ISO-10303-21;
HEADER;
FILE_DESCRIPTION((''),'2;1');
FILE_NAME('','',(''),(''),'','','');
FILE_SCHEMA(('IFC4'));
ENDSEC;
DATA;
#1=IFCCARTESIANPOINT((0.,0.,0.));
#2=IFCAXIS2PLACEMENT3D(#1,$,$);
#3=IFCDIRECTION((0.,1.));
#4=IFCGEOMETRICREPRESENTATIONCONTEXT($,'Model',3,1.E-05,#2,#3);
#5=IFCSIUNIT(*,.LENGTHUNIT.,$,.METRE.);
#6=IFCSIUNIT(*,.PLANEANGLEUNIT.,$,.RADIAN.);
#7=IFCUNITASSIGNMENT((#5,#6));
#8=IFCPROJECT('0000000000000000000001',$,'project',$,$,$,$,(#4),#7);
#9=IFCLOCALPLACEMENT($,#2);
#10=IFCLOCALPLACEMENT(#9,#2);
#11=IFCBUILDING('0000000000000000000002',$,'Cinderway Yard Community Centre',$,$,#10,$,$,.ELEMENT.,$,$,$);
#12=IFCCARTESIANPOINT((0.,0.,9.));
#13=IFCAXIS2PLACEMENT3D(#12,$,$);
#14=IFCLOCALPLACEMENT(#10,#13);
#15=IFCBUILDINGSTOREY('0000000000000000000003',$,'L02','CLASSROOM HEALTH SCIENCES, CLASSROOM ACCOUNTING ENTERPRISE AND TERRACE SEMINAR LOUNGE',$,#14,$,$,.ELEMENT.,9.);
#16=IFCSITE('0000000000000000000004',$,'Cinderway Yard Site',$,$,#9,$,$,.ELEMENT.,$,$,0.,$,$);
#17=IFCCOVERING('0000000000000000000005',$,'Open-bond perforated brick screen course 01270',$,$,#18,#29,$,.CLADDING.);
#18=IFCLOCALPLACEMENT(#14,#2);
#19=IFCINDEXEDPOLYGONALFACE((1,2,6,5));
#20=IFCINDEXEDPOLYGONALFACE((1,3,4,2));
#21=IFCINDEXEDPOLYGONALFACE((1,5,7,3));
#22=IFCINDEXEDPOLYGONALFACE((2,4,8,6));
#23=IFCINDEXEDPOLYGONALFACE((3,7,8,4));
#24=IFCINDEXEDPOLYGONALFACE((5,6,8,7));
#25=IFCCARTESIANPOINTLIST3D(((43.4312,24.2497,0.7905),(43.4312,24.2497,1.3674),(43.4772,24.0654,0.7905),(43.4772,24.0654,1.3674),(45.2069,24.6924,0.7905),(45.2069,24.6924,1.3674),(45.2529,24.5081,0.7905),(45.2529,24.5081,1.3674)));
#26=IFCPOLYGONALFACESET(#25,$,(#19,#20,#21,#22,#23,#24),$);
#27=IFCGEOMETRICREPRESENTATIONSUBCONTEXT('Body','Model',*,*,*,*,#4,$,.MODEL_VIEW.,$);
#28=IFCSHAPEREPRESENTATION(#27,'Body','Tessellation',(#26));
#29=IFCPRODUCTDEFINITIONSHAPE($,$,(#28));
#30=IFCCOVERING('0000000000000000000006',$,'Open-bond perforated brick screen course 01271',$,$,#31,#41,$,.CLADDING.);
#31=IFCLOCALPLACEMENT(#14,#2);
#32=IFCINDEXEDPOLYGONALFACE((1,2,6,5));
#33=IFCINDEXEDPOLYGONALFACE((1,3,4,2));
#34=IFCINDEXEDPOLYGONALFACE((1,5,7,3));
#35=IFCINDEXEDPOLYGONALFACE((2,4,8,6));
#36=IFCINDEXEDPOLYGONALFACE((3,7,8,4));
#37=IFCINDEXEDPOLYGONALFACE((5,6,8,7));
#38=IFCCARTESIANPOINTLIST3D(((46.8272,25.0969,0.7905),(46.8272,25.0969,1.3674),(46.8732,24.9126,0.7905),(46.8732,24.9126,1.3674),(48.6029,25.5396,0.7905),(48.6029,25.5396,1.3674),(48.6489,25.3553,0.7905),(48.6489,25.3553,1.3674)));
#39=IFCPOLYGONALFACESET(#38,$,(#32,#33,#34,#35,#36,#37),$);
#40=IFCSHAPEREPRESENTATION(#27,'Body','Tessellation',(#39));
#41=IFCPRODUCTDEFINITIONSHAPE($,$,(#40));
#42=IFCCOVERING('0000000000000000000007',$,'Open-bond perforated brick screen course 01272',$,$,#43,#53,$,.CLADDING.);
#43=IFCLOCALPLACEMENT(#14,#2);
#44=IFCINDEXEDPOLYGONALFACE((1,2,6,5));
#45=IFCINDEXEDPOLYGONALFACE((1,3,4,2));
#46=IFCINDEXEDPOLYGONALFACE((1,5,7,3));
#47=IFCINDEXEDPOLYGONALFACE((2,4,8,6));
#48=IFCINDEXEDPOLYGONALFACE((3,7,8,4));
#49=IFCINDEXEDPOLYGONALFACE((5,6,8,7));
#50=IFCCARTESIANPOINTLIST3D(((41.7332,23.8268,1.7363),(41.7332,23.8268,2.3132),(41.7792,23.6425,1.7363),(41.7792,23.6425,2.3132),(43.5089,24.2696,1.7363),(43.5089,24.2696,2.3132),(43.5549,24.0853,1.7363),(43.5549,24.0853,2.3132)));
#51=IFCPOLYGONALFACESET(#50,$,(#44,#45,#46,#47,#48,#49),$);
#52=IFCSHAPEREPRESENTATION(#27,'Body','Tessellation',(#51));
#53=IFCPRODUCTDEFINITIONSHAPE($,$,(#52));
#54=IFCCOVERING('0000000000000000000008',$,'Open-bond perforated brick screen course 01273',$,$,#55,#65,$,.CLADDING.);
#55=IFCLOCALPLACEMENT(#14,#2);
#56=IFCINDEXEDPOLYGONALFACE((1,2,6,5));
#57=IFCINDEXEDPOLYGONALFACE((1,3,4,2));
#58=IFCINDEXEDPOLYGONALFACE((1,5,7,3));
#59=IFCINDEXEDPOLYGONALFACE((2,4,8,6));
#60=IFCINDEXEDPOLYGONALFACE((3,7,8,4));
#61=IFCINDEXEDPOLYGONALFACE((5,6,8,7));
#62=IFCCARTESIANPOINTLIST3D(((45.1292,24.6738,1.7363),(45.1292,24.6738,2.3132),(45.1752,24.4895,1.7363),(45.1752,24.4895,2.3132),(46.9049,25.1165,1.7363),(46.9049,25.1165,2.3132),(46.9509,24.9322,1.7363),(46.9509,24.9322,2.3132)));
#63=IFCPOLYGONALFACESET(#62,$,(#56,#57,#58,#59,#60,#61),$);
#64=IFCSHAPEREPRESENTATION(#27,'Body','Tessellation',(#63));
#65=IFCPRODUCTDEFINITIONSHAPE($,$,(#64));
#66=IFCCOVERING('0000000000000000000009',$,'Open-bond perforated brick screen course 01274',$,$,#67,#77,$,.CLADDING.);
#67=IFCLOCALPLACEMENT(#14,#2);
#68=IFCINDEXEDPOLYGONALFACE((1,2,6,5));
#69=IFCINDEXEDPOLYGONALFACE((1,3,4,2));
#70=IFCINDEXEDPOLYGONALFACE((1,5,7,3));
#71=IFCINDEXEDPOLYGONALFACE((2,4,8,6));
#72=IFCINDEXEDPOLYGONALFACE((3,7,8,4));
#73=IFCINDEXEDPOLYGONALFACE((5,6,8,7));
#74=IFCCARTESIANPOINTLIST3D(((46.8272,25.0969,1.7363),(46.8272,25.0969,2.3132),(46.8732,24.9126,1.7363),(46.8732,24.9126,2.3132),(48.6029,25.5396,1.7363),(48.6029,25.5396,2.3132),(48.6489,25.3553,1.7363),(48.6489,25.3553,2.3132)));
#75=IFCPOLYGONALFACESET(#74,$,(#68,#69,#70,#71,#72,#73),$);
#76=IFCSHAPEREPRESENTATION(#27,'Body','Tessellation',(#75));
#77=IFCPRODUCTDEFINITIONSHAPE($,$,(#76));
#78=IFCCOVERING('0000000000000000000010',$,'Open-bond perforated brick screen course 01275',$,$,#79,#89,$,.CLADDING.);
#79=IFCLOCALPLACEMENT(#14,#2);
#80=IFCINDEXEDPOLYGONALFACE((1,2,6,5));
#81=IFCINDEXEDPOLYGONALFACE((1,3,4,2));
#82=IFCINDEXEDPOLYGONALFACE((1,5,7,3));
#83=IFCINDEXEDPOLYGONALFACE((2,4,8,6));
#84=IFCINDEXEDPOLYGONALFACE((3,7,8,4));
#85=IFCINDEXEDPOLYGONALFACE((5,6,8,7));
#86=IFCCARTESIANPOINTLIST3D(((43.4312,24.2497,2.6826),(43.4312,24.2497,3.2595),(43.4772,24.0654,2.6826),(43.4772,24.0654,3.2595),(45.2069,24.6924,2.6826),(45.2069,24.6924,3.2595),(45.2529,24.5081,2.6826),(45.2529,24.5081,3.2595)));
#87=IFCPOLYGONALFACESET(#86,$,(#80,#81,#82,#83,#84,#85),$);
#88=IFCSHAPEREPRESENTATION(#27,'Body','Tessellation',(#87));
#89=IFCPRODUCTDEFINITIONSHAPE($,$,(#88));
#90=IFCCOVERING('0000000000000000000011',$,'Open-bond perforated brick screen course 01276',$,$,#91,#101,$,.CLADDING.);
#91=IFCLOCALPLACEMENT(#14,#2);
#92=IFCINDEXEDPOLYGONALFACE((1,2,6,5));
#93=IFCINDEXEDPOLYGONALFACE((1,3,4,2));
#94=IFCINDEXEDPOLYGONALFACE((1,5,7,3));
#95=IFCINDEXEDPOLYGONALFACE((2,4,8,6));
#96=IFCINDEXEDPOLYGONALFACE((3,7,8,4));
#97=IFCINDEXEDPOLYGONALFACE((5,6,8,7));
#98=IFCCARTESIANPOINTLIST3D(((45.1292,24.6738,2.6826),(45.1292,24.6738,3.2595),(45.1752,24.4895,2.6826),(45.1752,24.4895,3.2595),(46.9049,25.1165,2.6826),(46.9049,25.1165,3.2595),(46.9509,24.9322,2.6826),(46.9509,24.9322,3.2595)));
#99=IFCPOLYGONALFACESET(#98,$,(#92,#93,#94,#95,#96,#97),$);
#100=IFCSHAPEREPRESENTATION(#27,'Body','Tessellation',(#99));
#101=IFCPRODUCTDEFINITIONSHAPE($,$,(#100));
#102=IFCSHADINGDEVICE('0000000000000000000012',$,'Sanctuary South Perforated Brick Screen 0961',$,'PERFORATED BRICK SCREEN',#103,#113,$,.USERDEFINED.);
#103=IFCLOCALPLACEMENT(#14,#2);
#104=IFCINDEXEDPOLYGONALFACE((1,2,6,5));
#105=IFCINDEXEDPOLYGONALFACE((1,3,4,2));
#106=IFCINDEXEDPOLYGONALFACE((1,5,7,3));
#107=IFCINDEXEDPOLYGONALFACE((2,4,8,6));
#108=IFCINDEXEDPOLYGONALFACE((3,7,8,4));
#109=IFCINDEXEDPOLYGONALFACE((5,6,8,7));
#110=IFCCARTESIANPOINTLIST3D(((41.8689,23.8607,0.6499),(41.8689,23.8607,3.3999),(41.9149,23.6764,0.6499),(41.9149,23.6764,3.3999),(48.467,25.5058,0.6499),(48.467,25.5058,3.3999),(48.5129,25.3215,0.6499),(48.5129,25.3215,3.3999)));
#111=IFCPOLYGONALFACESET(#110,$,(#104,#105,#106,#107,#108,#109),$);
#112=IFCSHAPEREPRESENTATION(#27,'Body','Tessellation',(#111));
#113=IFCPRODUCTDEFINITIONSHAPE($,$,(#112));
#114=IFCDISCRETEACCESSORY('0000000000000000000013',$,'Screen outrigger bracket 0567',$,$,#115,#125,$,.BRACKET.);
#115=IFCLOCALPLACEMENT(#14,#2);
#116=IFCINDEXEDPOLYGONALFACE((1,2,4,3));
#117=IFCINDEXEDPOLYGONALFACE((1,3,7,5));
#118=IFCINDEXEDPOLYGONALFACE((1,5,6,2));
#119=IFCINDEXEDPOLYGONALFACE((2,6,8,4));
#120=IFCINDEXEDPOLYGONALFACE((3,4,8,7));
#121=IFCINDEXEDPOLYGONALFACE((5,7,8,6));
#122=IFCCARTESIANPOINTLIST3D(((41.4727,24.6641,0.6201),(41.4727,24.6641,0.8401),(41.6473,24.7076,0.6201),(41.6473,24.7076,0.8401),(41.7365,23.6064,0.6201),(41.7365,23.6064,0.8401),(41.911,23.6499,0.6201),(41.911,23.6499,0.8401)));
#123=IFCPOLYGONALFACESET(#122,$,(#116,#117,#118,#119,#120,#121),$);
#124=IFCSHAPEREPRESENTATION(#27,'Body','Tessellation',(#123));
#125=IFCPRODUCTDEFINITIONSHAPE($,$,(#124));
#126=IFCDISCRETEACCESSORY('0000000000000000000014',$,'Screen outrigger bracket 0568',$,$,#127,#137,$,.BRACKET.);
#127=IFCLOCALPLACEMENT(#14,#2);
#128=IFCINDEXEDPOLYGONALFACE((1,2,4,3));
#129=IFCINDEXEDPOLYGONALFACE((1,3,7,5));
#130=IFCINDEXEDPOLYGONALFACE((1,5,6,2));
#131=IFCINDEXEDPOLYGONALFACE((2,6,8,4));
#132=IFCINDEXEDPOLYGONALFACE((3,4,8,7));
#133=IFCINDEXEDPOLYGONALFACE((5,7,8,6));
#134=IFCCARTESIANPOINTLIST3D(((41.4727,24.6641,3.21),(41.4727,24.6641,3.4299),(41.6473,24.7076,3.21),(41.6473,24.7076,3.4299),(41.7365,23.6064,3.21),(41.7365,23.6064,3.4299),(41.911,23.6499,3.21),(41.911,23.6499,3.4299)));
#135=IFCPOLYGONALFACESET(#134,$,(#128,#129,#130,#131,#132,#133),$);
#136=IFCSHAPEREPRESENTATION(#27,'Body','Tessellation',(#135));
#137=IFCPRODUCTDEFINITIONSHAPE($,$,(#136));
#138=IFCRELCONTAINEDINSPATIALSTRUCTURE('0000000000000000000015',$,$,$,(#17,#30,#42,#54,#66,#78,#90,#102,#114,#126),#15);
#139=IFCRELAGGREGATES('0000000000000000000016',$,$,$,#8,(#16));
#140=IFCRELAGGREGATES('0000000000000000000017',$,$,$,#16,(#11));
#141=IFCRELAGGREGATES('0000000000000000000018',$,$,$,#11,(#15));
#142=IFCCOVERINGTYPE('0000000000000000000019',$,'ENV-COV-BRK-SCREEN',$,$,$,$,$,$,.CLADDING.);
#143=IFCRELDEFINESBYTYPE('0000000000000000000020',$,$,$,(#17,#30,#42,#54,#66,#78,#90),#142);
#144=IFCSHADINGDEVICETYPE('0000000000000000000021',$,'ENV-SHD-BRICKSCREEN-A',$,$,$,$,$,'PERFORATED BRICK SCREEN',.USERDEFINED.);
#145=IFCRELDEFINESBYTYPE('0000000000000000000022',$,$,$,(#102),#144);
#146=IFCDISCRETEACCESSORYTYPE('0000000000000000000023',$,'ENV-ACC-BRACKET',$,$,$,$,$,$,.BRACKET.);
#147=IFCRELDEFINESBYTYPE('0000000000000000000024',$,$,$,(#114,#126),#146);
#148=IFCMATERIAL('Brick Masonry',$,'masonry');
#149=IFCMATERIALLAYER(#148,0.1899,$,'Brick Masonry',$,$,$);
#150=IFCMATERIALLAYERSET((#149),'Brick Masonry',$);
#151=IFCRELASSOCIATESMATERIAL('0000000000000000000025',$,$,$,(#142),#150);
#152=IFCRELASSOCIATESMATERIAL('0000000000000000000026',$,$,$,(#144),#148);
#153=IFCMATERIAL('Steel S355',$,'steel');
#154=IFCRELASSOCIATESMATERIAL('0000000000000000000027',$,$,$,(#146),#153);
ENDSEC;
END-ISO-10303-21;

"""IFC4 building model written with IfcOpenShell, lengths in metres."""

from ifc_helpers import new_model, si_unit, direction, frame, origin, origin_2d, place, context, subcontext, project, spatial, rectangle, extrude, material, layer, layer_set, type_object, element, save


model = new_model("IFC4")

# Units and contexts
model_context = context("Model", 3, precision=1e-05, world=origin(), true_north=direction((0.0, 1.0)))
body_context = subcontext(model_context, "Body", "Model", "MODEL_VIEW")
ifc_project = project(units=[si_unit("LENGTHUNIT", "METRE"), si_unit("PLANEANGLEUNIT", "RADIAN")], contexts=[model_context])

# Site, building, storey
site_placement = place(None, origin())
site = spatial("IfcSite", under=ifc_project, at=site_placement, Name="Cinderway Yard Site", CompositionType="ELEMENT", RefElevation=0.0)
building_placement = place(site_placement, origin())
building = spatial("IfcBuilding", under=site, at=building_placement, Name="Cinderway Yard Community Centre", CompositionType="ELEMENT")
storey_placement = place(building_placement, frame((0.0, 0.0, 9.0)))
storey = spatial("IfcBuildingStorey", under=building, at=storey_placement, Name="L02", Description="CLASSROOM HEALTH SCIENCES, CLASSROOM ACCOUNTING ENTERPRISE AND TERRACE SEMINAR LOUNGE", CompositionType="ELEMENT", Elevation=9.0)

# Shared definitions
ifc_material_1 = material(Name="Steel S355", Category="steel")

# Shared definitions
ifc_material_2 = material(Name="Brick Masonry", Category="masonry")

# Coverings
ifc_layer_1 = layer(ifc_material_2, 0.1899, Name="Brick Masonry")
ifc_layer_set_1 = layer_set([ifc_layer_1], Name="Brick Masonry")
covering_type = type_object("IfcCoveringType", Name="ENV-COV-BRK-SCREEN", PredefinedType="CLADDING", material=ifc_layer_set_1)
for number, where, z_axis, x_axis, name in (
    (1, (44.342, 24.3789, 0.7905), (0.0, 0.0, 1.0), (-0.970296, -0.241922, 0.0), "Open-bond perforated brick screen course 01270"),
    (2, (47.738, 25.2261, 0.7905), (0.0, 0.0, 1.0), (-0.970296, -0.241922, 0.0), "Open-bond perforated brick screen course 01271"),
    (3, (42.644, 23.9561, 1.7363), (0.0, 0.0, 1.0), (-0.970296, -0.241922, 0.0), "Open-bond perforated brick screen course 01272"),
    (4, (46.04, 24.803, 1.7363), (0.0, 0.0, 1.0), (-0.970296, -0.241922, 0.0), "Open-bond perforated brick screen course 01273"),
    (5, (47.738, 25.2261, 1.7363), (0.0, 0.0, 1.0), (-0.970296, -0.241922, 0.0), "Open-bond perforated brick screen course 01274"),
    (6, (44.342, 24.3789, 2.6826), (0.0, 0.0, 1.0), (-0.970296, -0.241922, 0.0), "Open-bond perforated brick screen course 01275"),
    (7, (46.04, 24.803, 2.6826), (0.0, 0.0, 1.0), (-0.970296, -0.241922, 0.0), "Open-bond perforated brick screen course 01276"),
):
    element("IfcCovering", number, at=place(storey_placement, frame(where, z_axis=z_axis, x_axis=x_axis)), inside=storey, type_object=covering_type, Name=name, PredefinedType="CLADDING", context=body_context, shape_type="SweptSolid", body=[
        extrude(rectangle(XDim=1.8301, YDim=0.1899, at=origin_2d()), origin(), (0.0, 0.0, 1.0), 0.5769),
    ])

# Shading device
shading_device_type = type_object("IfcShadingDeviceType", Name="ENV-SHD-BRICKSCREEN-A", ElementType="PERFORATED BRICK SCREEN", PredefinedType="USERDEFINED", material=ifc_material_2)
shading_device_placement = place(storey_placement, frame((45.1909, 24.5911, 0.6499), z_axis=(0.0, 0.0, 1.0), x_axis=(-0.970296, -0.241922, 0.0)))
element("IfcShadingDevice", 8, at=shading_device_placement, inside=storey, type_object=shading_device_type, Name="Sanctuary South Perforated Brick Screen 0961", ObjectType="PERFORATED BRICK SCREEN", PredefinedType="USERDEFINED", context=body_context, shape_type="SweptSolid", body=[
    extrude(rectangle(XDim=6.8, YDim=0.1899, at=origin_2d()), origin(), (0.0, 0.0, 1.0), 2.75),
])

# Discrete accessories
discrete_accessory_type = type_object("IfcDiscreteAccessoryType", Name="ENV-ACC-BRACKET", PredefinedType="BRACKET", material=ifc_material_1)
for number, where, z_axis, x_axis, name in (
    (9, (41.6919, 24.157, 0.6201), (0.0, 0.0, 1.0), (0.241922, -0.970296, 0.0), "Screen outrigger bracket 0567"),
    (10, (41.6919, 24.157, 3.21), (0.0, 0.0, 1.0), (0.241922, -0.970296, 0.0), "Screen outrigger bracket 0568"),
):
    element("IfcDiscreteAccessory", number, at=place(storey_placement, frame(where, z_axis=z_axis, x_axis=x_axis)), inside=storey, type_object=discrete_accessory_type, Name=name, PredefinedType="BRACKET", context=body_context, shape_type="SweptSolid", body=[
        extrude(rectangle(XDim=1.0901, YDim=0.1799, at=origin_2d()), origin(), (0.0, 0.0, 1.0), 0.22),
    ])

save(model, "model.ifc")
